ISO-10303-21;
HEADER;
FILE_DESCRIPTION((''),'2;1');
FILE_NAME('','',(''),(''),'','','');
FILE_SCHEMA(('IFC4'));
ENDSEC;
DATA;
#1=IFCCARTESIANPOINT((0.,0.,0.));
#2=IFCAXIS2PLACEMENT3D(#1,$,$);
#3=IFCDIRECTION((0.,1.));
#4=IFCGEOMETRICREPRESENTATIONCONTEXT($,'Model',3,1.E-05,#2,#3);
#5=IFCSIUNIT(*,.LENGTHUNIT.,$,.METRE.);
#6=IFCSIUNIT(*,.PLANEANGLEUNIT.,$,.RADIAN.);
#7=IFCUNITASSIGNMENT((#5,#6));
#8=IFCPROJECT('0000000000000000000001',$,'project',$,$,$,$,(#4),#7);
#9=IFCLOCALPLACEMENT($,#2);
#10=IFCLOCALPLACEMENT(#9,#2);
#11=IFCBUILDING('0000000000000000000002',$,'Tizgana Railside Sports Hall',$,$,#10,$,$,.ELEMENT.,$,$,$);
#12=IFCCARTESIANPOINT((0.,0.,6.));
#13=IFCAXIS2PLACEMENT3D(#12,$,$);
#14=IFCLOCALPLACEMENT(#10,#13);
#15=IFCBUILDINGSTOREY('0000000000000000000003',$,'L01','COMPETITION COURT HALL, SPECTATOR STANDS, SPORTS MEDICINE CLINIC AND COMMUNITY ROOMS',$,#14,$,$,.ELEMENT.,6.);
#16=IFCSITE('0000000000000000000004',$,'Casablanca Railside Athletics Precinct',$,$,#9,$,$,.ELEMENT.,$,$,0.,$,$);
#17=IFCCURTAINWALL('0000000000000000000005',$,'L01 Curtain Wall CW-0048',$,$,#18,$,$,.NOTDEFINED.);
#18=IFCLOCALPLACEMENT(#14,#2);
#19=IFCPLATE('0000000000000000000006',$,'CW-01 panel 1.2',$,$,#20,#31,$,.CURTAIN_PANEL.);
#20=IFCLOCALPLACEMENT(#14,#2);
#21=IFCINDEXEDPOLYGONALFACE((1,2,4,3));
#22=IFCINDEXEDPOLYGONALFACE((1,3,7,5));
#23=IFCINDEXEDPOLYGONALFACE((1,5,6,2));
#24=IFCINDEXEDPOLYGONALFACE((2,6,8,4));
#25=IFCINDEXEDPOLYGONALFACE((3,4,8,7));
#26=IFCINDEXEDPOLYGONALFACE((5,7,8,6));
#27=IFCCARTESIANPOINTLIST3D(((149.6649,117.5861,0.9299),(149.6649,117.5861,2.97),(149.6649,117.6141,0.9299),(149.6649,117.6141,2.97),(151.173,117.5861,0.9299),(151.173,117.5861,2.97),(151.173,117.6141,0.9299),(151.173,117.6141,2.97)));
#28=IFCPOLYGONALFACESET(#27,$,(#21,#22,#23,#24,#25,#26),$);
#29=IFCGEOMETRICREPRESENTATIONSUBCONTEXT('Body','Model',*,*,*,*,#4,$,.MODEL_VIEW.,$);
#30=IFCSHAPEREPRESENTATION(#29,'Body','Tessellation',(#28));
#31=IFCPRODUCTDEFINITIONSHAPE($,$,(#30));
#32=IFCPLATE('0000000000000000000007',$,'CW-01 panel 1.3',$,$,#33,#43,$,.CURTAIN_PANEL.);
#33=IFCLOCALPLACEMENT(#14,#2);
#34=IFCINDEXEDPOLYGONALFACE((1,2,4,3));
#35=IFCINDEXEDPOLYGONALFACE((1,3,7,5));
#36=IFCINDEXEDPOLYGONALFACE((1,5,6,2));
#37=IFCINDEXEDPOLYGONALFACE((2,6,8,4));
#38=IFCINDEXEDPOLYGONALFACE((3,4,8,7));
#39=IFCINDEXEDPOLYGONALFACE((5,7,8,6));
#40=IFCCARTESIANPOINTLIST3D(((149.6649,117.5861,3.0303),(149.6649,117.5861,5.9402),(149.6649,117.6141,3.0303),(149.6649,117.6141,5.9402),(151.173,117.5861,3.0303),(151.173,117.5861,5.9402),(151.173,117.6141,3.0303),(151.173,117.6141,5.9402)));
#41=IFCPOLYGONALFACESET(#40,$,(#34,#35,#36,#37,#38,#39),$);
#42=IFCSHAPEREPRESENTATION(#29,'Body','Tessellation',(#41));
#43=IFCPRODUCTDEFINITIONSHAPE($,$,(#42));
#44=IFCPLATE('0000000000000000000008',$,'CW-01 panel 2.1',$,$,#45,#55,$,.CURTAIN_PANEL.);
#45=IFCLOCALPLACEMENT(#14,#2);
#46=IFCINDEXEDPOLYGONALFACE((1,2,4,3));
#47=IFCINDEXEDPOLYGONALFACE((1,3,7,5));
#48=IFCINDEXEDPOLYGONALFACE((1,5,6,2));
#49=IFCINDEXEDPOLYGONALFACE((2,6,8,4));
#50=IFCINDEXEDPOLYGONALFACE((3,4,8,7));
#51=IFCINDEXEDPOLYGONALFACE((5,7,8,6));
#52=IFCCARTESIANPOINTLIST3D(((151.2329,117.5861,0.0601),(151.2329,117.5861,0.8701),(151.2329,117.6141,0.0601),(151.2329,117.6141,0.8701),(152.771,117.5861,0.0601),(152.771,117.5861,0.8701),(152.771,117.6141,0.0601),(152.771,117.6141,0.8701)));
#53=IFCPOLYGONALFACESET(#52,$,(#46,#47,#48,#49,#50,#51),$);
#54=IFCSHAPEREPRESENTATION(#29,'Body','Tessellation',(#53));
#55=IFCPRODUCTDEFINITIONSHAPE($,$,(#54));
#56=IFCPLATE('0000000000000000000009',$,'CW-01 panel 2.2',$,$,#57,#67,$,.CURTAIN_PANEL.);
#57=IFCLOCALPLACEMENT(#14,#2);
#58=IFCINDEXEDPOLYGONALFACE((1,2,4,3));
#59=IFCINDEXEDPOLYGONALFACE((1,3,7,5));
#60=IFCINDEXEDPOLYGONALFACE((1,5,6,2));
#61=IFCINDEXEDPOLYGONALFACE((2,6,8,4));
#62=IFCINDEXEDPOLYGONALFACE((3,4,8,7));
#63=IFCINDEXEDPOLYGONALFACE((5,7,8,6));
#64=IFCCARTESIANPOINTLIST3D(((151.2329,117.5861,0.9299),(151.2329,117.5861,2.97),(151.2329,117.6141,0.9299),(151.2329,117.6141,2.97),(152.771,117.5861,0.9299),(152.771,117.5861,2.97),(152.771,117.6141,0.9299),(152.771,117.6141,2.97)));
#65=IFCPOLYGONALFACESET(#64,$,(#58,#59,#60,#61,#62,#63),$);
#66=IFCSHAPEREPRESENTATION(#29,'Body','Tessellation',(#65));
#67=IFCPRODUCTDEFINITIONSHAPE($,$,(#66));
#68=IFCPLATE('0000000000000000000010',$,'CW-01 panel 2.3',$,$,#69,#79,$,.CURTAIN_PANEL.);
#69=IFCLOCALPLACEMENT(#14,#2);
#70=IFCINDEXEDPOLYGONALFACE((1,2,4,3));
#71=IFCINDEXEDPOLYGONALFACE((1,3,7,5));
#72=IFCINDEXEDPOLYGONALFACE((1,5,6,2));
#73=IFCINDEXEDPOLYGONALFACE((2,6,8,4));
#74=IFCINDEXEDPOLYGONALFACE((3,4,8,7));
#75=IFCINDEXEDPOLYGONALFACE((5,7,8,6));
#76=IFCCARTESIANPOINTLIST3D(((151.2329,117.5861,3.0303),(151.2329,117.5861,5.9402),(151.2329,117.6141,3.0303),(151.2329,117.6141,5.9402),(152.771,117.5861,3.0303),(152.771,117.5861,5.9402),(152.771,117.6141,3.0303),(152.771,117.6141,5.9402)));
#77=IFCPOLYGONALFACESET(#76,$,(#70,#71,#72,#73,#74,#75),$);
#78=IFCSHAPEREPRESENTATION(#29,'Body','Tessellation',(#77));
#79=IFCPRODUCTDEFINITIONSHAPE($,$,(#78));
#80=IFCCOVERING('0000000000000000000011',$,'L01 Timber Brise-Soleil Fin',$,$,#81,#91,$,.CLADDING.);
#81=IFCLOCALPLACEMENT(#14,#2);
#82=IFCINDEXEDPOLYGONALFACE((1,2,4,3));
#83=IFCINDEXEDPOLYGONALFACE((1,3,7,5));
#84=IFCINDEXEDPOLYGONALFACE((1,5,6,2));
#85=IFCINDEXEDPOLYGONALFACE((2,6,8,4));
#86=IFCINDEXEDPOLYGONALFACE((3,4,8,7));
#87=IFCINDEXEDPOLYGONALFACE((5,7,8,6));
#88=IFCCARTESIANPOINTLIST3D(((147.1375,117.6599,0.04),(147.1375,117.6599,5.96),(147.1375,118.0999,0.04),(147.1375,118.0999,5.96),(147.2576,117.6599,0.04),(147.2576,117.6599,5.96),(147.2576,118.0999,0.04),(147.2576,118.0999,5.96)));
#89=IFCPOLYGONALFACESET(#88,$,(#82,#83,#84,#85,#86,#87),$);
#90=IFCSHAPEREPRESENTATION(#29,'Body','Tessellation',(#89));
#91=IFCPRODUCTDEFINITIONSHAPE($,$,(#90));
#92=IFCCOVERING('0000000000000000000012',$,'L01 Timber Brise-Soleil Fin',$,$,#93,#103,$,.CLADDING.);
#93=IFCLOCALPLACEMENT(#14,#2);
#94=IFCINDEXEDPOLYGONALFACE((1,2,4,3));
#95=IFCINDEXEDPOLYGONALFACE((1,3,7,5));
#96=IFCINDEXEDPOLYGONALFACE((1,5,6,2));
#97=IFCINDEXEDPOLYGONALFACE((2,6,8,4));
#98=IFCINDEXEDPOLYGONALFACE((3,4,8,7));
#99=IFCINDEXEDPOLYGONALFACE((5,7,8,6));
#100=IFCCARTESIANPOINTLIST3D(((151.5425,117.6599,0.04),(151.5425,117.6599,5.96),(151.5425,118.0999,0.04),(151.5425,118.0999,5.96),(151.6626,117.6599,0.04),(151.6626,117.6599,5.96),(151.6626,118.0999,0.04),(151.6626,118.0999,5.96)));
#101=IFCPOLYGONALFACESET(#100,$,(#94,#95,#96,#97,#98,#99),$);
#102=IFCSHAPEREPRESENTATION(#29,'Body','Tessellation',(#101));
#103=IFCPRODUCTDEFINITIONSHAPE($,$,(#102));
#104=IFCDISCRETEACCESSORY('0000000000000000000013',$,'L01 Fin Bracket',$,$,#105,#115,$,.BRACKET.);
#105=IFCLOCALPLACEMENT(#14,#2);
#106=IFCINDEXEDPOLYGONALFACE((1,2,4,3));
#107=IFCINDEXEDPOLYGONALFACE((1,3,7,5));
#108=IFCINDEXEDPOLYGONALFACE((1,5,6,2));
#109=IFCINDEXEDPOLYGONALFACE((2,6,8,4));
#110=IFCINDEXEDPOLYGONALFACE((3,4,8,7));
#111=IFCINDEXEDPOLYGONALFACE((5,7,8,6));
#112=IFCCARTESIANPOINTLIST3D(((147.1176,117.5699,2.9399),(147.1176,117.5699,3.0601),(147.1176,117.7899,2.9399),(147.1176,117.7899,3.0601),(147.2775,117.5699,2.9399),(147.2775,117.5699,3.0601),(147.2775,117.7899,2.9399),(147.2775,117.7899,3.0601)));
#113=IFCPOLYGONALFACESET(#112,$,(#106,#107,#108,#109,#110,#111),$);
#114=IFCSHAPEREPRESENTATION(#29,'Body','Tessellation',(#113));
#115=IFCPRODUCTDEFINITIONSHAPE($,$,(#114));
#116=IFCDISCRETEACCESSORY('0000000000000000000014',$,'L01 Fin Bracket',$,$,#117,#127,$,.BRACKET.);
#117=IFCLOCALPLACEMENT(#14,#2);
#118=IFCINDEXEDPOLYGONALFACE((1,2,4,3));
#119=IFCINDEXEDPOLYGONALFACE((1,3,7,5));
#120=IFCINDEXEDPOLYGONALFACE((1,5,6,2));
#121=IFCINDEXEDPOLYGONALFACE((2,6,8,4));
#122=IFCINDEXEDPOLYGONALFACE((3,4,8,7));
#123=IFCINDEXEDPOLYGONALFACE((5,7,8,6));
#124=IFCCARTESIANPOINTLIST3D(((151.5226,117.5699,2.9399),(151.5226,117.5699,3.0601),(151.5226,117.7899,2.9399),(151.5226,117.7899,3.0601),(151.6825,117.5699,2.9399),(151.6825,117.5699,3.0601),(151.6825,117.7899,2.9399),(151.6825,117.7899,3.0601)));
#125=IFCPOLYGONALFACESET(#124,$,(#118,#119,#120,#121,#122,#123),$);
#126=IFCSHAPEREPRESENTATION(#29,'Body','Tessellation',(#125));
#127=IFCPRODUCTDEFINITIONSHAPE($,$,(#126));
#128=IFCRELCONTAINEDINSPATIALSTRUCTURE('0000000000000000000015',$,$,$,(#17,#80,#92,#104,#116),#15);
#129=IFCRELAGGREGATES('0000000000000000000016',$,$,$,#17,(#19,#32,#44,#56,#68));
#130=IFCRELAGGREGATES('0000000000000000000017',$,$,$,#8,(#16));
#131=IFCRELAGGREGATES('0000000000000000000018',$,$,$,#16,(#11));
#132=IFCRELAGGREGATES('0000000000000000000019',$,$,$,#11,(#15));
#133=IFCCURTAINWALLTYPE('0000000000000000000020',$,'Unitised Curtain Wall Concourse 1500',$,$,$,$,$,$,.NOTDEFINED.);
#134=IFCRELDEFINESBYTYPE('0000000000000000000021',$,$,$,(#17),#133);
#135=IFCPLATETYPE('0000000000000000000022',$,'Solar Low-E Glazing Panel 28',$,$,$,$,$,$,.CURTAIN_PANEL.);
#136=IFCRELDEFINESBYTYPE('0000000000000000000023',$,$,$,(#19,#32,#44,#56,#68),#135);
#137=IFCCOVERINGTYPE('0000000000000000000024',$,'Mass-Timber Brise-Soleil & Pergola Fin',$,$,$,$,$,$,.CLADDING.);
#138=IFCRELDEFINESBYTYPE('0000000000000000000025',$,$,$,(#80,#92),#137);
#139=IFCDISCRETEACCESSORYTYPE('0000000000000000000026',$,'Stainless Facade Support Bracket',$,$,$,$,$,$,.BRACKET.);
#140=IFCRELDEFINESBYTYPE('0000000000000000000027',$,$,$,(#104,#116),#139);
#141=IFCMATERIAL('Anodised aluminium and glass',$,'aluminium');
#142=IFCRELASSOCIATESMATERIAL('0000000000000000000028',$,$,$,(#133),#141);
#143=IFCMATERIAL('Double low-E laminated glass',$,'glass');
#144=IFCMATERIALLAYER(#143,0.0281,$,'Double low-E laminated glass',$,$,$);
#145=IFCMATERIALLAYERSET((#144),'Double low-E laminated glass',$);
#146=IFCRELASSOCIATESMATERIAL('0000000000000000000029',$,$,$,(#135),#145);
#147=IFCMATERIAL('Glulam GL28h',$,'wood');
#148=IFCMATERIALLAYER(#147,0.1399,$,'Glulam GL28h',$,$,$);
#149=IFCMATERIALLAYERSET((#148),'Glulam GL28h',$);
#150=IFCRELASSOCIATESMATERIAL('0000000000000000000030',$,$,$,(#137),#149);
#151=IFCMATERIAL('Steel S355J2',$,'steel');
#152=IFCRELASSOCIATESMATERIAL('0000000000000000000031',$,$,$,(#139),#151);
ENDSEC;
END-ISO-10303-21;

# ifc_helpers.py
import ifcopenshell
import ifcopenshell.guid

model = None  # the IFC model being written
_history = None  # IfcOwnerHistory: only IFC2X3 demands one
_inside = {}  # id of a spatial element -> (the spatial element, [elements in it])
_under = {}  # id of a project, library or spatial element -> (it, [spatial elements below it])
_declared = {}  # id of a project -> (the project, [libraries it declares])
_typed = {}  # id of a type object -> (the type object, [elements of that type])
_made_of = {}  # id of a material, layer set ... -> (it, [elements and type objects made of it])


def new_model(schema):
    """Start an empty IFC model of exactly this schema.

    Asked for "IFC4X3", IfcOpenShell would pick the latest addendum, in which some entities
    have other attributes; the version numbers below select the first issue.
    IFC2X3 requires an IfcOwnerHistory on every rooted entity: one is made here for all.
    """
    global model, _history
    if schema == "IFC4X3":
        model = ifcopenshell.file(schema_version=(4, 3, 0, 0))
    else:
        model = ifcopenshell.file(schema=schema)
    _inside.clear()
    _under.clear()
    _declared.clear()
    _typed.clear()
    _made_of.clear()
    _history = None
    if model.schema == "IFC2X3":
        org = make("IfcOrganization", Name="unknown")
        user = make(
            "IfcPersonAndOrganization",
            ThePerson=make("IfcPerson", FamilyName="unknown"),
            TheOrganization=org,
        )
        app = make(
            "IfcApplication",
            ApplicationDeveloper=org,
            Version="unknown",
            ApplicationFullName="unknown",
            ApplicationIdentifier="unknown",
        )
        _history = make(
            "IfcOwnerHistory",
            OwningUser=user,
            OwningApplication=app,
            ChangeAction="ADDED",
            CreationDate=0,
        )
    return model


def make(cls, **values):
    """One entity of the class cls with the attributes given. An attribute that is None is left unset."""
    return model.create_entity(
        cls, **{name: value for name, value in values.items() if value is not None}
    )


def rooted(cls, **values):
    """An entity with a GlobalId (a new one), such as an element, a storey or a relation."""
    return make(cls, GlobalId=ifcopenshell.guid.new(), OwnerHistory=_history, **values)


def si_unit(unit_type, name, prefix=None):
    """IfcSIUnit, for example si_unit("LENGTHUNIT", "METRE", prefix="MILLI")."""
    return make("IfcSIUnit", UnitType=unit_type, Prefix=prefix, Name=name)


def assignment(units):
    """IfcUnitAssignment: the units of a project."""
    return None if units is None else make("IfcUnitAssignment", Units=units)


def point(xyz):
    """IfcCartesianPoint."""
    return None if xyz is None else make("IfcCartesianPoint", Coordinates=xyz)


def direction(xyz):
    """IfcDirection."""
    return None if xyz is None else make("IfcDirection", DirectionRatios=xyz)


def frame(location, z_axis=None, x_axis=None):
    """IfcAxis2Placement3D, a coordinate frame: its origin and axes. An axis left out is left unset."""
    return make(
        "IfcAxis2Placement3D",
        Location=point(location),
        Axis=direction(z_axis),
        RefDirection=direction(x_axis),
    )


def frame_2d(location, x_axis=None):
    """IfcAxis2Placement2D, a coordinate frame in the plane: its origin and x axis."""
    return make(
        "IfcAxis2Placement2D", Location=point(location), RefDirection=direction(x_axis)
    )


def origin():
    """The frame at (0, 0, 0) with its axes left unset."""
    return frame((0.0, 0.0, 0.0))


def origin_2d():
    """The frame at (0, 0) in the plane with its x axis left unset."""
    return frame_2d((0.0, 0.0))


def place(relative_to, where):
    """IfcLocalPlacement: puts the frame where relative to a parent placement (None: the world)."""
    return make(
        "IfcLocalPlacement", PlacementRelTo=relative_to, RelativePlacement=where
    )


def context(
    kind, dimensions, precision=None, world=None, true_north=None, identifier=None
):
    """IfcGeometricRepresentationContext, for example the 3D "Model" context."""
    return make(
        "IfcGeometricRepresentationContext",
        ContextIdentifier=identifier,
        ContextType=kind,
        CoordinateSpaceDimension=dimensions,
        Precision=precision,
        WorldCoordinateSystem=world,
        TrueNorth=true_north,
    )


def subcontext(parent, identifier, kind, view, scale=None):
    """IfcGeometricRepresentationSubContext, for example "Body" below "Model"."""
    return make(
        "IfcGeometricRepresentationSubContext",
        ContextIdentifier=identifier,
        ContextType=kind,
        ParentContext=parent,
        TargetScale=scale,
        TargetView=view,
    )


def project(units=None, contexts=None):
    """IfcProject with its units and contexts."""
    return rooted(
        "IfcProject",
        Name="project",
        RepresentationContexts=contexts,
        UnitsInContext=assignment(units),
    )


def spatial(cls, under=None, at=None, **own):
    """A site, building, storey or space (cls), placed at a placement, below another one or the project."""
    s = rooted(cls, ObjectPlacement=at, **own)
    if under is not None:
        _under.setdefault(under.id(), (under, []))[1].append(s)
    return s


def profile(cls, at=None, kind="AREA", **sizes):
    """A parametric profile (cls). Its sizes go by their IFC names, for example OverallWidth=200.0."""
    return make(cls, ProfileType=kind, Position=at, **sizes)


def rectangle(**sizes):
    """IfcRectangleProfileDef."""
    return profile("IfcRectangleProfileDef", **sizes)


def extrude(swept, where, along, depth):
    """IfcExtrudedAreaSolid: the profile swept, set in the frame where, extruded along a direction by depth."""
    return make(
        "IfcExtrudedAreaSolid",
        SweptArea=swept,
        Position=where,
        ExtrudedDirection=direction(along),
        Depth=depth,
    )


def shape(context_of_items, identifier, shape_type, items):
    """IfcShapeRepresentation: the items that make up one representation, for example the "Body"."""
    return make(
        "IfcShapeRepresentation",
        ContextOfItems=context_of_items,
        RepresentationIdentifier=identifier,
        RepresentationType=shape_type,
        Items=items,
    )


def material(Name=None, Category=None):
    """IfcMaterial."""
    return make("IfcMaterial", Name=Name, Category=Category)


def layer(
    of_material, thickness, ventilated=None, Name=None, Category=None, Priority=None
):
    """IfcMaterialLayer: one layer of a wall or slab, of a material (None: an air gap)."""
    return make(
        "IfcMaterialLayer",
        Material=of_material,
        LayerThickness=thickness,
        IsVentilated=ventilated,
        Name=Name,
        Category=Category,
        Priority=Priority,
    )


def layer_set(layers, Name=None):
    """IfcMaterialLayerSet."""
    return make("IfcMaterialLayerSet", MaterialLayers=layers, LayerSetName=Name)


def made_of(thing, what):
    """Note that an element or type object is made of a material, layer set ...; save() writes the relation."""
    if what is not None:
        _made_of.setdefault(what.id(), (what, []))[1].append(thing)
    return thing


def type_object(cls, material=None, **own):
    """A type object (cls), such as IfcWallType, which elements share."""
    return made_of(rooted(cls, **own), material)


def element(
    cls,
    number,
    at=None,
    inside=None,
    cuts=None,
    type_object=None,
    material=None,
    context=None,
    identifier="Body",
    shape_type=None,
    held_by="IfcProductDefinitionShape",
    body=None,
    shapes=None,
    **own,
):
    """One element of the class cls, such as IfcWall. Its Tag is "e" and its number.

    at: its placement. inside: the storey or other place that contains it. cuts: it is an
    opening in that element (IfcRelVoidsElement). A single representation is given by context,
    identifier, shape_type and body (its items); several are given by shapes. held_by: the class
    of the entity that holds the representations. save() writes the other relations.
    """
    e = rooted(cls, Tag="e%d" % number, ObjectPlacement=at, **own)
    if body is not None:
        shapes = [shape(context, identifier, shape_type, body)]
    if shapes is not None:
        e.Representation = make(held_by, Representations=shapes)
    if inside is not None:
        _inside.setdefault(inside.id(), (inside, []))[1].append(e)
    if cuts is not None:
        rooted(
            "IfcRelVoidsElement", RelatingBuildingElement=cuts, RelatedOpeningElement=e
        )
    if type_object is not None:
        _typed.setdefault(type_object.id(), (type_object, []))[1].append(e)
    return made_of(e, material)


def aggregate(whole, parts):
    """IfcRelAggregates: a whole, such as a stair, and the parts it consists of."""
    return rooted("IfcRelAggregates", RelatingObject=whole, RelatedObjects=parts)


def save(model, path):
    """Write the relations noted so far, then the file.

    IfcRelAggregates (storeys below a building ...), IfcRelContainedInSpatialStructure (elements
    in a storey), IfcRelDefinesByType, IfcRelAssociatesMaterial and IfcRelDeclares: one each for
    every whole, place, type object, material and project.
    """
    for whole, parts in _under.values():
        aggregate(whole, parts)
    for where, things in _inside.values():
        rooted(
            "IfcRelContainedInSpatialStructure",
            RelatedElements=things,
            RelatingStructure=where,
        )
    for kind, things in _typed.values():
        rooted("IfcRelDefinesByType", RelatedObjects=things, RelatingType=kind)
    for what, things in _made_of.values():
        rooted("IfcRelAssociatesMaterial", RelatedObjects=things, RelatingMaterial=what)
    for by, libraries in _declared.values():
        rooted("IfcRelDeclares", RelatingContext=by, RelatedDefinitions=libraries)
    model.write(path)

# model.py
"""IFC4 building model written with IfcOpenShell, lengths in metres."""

from ifc_helpers import new_model, si_unit, direction, frame, origin, origin_2d, place, context, subcontext, project, spatial, rectangle, extrude, material, layer, layer_set, type_object, element, aggregate, save


model = new_model("IFC4")

# Units and contexts
model_context = context("Model", 3, precision=1e-05, world=origin(), true_north=direction((0.0, 1.0)))
body_context = subcontext(model_context, "Body", "Model", "MODEL_VIEW")
ifc_project = project(units=[si_unit("LENGTHUNIT", "METRE"), si_unit("PLANEANGLEUNIT", "RADIAN")], contexts=[model_context])

# Site, building, storey
site_placement = place(None, origin())
site = spatial("IfcSite", under=ifc_project, at=site_placement, Name="Casablanca Railside Athletics Precinct", CompositionType="ELEMENT", RefElevation=0.0)
building_placement = place(site_placement, origin())
building = spatial("IfcBuilding", under=site, at=building_placement, Name="Tizgana Railside Sports Hall", CompositionType="ELEMENT")
storey_placement = place(building_placement, frame((0.0, 0.0, 6.0)))
storey = spatial("IfcBuildingStorey", under=building, at=storey_placement, Name="L01", Description="COMPETITION COURT HALL, SPECTATOR STANDS, SPORTS MEDICINE CLINIC AND COMMUNITY ROOMS", CompositionType="ELEMENT", Elevation=6.0)

# Shared definitions
ifc_material_1 = material(Name="Steel S355J2", Category="steel")

# Curtain wall
ifc_material_2 = material(Name="Anodised aluminium and glass", Category="aluminium")
curtain_wall_type_1 = type_object("IfcCurtainWallType", Name="Unitised Curtain Wall Concourse 1500", PredefinedType="NOTDEFINED", material=ifc_material_2)
curtain_wall_1_placement = place(storey_placement, origin())
curtain_wall_1 = element("IfcCurtainWall", 1, at=curtain_wall_1_placement, inside=storey, type_object=curtain_wall_type_1, Name="L01 Curtain Wall CW-0048", PredefinedType="NOTDEFINED")

# Plates
ifc_material_3 = material(Name="Double low-E laminated glass", Category="glass")
ifc_layer_1 = layer(ifc_material_3, 0.0281, Name="Double low-E laminated glass")
ifc_layer_set_1 = layer_set([ifc_layer_1], Name="Double low-E laminated glass")
plate_type_1 = type_object("IfcPlateType", Name="Solar Low-E Glazing Panel 28", PredefinedType="CURTAIN_PANEL", material=ifc_layer_set_1)
plate_1_placement = place(storey_placement, frame((150.4189, 117.6001, 0.9299), z_axis=(0.0, 0.0, 1.0), x_axis=(1.0, 0.0, 0.0)))
plate_1 = element("IfcPlate", 2, at=plate_1_placement, type_object=plate_type_1, Name="CW-01 panel 1.2", PredefinedType="CURTAIN_PANEL", context=body_context, shape_type="SweptSolid", body=[
    extrude(rectangle(XDim=1.5081, YDim=0.0281, at=origin_2d()), origin(), (0.0, 0.0, 1.0), 2.04),
])
plate_2_placement = place(storey_placement, frame((150.4189, 117.6001, 3.0303), z_axis=(0.0, 0.0, 1.0), x_axis=(1.0, 0.0, 0.0)))
plate_2 = element("IfcPlate", 3, at=plate_2_placement, type_object=plate_type_1, Name="CW-01 panel 1.3", PredefinedType="CURTAIN_PANEL", context=body_context, shape_type="SweptSolid", body=[
    extrude(rectangle(XDim=1.5081, YDim=0.0281, at=origin_2d()), origin(), (0.0, 0.0, 1.0), 2.9099),
])
plate_3_placement = place(storey_placement, frame((152.002, 117.6001, 0.0601), z_axis=(0.0, 0.0, 1.0), x_axis=(1.0, 0.0, 0.0)))
plate_3 = element("IfcPlate", 4, at=plate_3_placement, type_object=plate_type_1, Name="CW-01 panel 2.1", PredefinedType="CURTAIN_PANEL", context=body_context, shape_type="SweptSolid", body=[
    extrude(rectangle(XDim=1.5381, YDim=0.0281, at=origin_2d()), origin(), (0.0, 0.0, 1.0), 0.8101),
])
plate_4_placement = place(storey_placement, frame((152.002, 117.6001, 0.9299), z_axis=(0.0, 0.0, 1.0), x_axis=(1.0, 0.0, 0.0)))
plate_4 = element("IfcPlate", 5, at=plate_4_placement, type_object=plate_type_1, Name="CW-01 panel 2.2", PredefinedType="CURTAIN_PANEL", context=body_context, shape_type="SweptSolid", body=[
    extrude(rectangle(XDim=1.5381, YDim=0.0281, at=origin_2d()), origin(), (0.0, 0.0, 1.0), 2.04),
])
plate_5_placement = place(storey_placement, frame((152.002, 117.6001, 3.0303), z_axis=(0.0, 0.0, 1.0), x_axis=(1.0, 0.0, 0.0)))
plate_5 = element("IfcPlate", 6, at=plate_5_placement, type_object=plate_type_1, Name="CW-01 panel 2.3", PredefinedType="CURTAIN_PANEL", context=body_context, shape_type="SweptSolid", body=[
    extrude(rectangle(XDim=1.5381, YDim=0.0281, at=origin_2d()), origin(), (0.0, 0.0, 1.0), 2.9099),
])
aggregate(curtain_wall_1, [plate_1, plate_2, plate_3, plate_4, plate_5])

# Coverings
ifc_material_4 = material(Name="Glulam GL28h", Category="wood")
ifc_layer_2 = layer(ifc_material_4, 0.1399, Name="Glulam GL28h")
ifc_layer_set_2 = layer_set([ifc_layer_2], Name="Glulam GL28h")
covering_type = type_object("IfcCoveringType", Name="Mass-Timber Brise-Soleil & Pergola Fin", PredefinedType="CLADDING", material=ifc_layer_set_2)
for number, where, z_axis, x_axis, name in (
    (7, (147.1975, 117.8799, 0.04), (0.0, 0.0, 1.0), (1.0, 0.0, 0.0), "L01 Timber Brise-Soleil Fin"),
    (8, (151.6025, 117.8799, 0.04), (0.0, 0.0, 1.0), (1.0, 0.0, 0.0), "L01 Timber Brise-Soleil Fin"),
):
    element("IfcCovering", number, at=place(storey_placement, frame(where, z_axis=z_axis, x_axis=x_axis)), inside=storey, type_object=covering_type, Name=name, PredefinedType="CLADDING", context=body_context, shape_type="SweptSolid", body=[
        extrude(rectangle(XDim=0.1201, YDim=0.4399, at=origin_2d()), origin(), (0.0, 0.0, 1.0), 5.9199),
    ])

# Discrete accessories
discrete_accessory_type = type_object("IfcDiscreteAccessoryType", Name="Stainless Facade Support Bracket", PredefinedType="BRACKET", material=ifc_material_1)
for number, where, z_axis, x_axis, name in (
    (9, (147.1975, 117.6799, 2.9399), (0.0, 0.0, 1.0), (1.0, 0.0, 0.0), "L01 Fin Bracket"),
    (10, (151.6025, 117.6799, 2.9399), (0.0, 0.0, 1.0), (1.0, 0.0, 0.0), "L01 Fin Bracket"),
):
    element("IfcDiscreteAccessory", number, at=place(storey_placement, frame(where, z_axis=z_axis, x_axis=x_axis)), inside=storey, type_object=discrete_accessory_type, Name=name, PredefinedType="BRACKET", context=body_context, shape_type="SweptSolid", body=[
        extrude(rectangle(XDim=0.1599, YDim=0.22, at=origin_2d()), origin(), (0.0, 0.0, 1.0), 0.1201),
    ])

save(model, "model.ifc")
